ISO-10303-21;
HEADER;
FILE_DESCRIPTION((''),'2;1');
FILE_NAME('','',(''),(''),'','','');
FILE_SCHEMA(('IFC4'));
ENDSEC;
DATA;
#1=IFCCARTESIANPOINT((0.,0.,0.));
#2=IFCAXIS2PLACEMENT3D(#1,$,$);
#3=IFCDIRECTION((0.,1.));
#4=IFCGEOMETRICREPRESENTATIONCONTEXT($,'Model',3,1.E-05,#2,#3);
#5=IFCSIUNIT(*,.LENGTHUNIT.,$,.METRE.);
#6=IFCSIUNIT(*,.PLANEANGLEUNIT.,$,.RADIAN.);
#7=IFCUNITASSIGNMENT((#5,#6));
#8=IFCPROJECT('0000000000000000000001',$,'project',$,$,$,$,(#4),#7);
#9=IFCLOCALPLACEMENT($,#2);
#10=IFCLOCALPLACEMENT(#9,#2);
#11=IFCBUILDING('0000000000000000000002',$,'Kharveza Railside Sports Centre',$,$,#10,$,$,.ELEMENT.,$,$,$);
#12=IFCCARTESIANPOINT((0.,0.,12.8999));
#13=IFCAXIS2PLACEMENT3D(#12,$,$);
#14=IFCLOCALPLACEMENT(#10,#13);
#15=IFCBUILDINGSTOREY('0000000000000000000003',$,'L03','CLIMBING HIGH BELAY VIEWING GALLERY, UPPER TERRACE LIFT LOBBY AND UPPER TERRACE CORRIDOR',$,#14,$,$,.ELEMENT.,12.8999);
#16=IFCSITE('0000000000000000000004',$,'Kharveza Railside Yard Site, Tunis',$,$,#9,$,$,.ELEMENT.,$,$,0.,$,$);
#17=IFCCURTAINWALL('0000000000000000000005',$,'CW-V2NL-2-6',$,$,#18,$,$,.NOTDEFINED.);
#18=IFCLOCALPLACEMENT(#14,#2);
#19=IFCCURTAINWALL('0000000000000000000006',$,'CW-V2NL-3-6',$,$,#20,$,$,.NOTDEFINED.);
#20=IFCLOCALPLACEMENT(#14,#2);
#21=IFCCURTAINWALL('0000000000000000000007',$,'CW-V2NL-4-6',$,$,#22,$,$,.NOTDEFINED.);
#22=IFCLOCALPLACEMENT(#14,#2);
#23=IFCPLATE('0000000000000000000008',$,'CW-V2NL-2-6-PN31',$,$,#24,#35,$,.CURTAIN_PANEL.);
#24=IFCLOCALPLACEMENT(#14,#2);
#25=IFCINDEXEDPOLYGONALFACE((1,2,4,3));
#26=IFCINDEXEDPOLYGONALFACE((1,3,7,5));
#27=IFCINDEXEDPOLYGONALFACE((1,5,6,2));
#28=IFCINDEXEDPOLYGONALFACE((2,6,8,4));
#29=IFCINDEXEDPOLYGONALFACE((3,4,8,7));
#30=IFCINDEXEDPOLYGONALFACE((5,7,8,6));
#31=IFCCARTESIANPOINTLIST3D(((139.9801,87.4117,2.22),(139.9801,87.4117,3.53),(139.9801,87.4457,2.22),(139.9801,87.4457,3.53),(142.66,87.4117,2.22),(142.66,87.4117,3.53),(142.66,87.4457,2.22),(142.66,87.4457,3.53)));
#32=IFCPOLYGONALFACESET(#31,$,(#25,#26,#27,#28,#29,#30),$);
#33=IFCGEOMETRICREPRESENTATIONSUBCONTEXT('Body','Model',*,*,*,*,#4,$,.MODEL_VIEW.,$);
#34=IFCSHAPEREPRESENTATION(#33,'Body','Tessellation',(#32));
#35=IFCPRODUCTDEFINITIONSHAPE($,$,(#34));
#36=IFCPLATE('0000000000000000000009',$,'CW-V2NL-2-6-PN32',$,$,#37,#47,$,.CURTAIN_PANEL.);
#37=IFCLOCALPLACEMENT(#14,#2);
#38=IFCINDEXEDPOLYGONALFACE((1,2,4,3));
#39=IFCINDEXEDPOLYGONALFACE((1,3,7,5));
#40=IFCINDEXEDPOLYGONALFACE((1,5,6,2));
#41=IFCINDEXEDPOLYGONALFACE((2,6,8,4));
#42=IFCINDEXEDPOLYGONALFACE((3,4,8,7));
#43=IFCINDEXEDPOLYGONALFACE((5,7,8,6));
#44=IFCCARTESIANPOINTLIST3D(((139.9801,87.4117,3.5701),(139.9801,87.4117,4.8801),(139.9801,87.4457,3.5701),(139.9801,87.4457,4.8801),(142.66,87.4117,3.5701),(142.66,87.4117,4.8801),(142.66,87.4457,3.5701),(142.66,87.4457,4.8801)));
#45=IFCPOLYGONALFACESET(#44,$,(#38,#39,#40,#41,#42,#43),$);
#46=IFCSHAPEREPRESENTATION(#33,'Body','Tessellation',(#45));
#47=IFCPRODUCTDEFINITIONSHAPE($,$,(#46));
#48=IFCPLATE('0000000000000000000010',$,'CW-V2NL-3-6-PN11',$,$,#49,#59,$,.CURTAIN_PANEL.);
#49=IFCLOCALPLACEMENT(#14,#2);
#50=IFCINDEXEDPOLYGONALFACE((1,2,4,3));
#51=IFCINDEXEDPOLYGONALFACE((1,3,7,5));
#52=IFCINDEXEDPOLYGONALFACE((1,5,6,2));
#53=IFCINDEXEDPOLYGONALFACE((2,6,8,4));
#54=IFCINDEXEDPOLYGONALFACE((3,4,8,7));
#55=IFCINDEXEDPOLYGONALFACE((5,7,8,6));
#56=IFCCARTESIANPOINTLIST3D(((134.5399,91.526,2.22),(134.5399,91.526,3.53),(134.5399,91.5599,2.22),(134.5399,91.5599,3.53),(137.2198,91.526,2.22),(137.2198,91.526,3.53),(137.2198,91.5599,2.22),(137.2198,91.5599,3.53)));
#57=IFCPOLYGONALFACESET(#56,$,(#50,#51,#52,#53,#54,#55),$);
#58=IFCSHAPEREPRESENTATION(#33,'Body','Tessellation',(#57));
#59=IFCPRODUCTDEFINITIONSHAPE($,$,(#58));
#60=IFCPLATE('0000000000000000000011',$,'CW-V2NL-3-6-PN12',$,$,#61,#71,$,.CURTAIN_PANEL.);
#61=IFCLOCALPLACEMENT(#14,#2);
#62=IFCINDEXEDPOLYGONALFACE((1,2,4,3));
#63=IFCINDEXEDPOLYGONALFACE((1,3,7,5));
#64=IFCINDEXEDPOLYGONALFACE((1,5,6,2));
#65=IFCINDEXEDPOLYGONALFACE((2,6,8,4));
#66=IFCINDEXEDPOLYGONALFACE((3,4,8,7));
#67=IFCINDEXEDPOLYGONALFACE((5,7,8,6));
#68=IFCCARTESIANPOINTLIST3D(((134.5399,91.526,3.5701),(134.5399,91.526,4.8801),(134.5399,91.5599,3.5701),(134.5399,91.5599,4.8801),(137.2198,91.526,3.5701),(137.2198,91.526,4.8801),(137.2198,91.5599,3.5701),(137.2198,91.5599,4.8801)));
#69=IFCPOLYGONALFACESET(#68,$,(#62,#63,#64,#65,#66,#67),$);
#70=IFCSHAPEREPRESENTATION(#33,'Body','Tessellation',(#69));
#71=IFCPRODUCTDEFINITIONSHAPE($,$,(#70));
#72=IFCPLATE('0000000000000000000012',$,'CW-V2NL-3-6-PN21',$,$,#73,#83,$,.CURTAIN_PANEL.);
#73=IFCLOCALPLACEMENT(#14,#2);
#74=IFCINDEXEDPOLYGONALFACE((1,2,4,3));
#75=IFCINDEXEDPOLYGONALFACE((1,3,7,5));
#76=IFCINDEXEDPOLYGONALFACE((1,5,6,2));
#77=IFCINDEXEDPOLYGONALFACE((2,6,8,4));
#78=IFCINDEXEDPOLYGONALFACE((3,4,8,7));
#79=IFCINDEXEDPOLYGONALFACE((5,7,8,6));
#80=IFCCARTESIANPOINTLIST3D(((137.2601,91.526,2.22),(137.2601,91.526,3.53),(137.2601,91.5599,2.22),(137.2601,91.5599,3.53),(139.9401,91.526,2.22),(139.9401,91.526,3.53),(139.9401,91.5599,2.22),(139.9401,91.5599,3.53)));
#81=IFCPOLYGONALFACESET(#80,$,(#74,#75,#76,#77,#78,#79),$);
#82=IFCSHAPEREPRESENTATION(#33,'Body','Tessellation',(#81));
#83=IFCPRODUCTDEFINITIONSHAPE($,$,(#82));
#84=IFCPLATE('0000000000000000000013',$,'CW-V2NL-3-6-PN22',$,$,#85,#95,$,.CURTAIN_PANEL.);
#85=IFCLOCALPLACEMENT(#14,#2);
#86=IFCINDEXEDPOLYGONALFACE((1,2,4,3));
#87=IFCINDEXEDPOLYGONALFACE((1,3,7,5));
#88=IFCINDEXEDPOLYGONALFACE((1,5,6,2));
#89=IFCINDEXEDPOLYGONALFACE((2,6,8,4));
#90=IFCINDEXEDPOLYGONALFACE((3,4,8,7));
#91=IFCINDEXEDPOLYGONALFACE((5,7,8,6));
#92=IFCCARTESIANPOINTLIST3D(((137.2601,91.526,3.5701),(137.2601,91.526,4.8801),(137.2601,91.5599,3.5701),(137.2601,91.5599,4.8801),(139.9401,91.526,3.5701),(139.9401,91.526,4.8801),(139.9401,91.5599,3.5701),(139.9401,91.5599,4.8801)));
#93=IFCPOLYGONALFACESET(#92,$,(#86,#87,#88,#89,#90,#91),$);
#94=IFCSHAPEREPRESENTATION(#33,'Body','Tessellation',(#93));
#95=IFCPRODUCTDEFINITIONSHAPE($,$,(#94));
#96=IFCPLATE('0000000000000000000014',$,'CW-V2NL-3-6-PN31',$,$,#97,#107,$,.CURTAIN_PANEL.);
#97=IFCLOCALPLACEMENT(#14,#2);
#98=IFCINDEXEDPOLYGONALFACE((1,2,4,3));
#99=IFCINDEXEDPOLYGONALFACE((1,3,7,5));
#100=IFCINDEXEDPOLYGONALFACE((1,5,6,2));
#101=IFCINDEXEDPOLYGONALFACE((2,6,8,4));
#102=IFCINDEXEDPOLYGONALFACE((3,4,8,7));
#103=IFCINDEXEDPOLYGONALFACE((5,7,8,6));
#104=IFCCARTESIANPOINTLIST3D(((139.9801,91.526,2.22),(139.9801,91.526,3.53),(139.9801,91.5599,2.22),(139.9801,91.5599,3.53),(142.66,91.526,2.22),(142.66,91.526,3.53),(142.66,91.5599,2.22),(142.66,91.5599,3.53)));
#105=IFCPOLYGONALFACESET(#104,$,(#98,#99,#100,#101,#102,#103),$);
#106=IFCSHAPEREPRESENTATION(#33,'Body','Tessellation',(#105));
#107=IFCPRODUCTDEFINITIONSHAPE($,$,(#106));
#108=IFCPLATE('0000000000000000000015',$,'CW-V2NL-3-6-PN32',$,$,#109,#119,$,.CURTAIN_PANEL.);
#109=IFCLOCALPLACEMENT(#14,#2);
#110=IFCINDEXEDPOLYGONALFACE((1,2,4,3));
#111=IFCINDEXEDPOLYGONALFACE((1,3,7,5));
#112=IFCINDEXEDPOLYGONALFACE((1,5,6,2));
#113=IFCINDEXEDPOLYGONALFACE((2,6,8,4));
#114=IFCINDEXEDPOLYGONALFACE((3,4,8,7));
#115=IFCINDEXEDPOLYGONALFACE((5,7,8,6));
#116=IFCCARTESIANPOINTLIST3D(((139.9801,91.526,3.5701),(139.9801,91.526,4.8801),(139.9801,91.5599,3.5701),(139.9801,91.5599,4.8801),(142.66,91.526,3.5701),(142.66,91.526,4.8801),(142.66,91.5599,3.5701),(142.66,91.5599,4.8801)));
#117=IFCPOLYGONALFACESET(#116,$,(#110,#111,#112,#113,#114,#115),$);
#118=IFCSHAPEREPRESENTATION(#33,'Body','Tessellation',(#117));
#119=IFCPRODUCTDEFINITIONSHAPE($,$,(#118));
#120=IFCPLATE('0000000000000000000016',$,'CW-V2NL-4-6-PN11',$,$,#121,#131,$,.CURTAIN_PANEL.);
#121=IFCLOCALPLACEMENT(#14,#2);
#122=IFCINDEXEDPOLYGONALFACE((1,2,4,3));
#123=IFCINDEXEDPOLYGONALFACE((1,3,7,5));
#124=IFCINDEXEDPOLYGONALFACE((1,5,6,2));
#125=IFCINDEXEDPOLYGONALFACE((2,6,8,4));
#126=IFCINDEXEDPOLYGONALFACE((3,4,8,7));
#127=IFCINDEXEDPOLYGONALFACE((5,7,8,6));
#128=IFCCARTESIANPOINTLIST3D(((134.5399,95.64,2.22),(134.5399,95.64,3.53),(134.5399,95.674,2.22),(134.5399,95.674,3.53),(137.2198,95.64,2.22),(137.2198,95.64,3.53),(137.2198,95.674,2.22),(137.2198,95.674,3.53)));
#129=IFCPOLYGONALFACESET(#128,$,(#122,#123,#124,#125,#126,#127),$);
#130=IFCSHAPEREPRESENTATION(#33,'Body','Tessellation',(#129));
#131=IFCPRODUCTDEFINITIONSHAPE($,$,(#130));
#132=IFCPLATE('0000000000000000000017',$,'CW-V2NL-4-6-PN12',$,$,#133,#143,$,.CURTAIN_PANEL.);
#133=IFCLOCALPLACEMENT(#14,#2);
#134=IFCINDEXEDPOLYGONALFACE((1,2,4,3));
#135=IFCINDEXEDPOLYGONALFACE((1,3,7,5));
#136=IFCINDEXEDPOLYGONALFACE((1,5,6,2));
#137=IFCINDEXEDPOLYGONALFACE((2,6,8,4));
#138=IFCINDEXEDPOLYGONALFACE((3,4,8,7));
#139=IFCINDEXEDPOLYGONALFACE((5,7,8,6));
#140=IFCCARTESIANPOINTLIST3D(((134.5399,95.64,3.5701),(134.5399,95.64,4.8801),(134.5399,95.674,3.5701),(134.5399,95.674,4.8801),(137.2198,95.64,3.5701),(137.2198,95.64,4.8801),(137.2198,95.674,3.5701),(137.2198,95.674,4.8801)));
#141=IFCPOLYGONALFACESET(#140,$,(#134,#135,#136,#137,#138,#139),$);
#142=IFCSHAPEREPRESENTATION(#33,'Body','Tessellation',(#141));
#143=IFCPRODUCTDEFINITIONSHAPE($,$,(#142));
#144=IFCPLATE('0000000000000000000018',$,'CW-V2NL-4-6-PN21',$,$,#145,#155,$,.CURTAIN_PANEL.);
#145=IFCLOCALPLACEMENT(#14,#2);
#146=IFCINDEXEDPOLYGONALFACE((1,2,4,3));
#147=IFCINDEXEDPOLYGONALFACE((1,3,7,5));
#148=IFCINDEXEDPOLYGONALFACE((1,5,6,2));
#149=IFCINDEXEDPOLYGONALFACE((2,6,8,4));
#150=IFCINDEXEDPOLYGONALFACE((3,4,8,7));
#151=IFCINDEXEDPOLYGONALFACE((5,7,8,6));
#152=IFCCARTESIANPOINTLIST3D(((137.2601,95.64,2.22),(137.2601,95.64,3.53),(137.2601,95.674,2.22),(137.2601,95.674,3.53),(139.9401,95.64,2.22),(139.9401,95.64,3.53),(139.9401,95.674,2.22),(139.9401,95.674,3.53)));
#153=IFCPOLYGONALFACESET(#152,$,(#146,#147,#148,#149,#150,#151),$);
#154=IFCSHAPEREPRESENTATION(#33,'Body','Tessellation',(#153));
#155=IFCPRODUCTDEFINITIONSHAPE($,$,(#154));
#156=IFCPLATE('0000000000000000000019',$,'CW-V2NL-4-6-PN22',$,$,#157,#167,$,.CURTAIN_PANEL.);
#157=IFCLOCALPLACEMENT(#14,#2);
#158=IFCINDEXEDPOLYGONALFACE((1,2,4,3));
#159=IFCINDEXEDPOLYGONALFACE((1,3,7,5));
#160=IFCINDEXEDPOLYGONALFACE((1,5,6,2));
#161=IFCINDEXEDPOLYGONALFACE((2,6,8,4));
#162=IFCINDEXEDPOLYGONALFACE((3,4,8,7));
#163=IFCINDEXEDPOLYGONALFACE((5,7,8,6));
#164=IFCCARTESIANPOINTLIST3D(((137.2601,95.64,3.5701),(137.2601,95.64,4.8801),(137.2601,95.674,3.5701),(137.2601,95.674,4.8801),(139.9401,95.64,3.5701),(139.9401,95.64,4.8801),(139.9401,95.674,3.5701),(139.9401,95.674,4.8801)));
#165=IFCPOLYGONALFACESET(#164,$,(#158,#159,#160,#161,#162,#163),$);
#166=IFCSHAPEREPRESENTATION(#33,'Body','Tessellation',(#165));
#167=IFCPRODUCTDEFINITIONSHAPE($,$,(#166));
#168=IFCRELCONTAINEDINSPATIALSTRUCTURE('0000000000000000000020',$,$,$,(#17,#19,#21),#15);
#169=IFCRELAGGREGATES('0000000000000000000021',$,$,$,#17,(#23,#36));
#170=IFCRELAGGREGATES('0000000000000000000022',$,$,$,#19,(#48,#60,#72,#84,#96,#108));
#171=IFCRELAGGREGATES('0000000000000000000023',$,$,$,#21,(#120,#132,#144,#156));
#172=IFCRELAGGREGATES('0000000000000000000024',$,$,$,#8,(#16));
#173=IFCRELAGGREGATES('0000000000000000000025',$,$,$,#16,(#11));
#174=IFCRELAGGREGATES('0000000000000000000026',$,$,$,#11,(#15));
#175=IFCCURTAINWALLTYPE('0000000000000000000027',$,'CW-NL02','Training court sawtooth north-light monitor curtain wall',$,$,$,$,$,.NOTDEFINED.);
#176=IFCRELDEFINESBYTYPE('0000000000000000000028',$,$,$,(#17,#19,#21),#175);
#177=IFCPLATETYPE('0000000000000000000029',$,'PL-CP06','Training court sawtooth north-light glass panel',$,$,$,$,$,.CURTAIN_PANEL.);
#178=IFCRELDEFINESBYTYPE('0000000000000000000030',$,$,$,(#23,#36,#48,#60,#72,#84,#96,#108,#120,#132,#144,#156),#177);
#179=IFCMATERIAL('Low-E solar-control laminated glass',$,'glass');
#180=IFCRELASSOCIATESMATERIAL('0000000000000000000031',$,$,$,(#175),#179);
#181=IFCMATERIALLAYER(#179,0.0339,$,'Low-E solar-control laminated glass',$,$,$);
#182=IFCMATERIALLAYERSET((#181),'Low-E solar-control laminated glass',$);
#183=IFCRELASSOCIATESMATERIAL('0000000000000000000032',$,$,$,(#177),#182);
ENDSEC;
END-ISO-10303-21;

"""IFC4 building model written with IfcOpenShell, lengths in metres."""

from ifc_helpers import new_model, si_unit, direction, frame, origin, origin_2d, place, context, subcontext, project, spatial, rectangle, extrude, material, layer, layer_set, type_object, element, aggregate, save


model = new_model("IFC4")

# Units and contexts
model_context = context("Model", 3, precision=1e-05, world=origin(), true_north=direction((0.0, 1.0)))
body_context = subcontext(model_context, "Body", "Model", "MODEL_VIEW")
ifc_project = project(units=[si_unit("LENGTHUNIT", "METRE"), si_unit("PLANEANGLEUNIT", "RADIAN")], contexts=[model_context])

# Site, building, storey
site_placement = place(None, origin())
site = spatial("IfcSite", under=ifc_project, at=site_placement, Name="Kharveza Railside Yard Site, Tunis", CompositionType="ELEMENT", RefElevation=0.0)
building_placement = place(site_placement, origin())
building = spatial("IfcBuilding", under=site, at=building_placement, Name="Kharveza Railside Sports Centre", CompositionType="ELEMENT")
storey_placement = place(building_placement, frame((0.0, 0.0, 12.8999)))
storey = spatial("IfcBuildingStorey", under=building, at=storey_placement, Name="L03", Description="CLIMBING HIGH BELAY VIEWING GALLERY, UPPER TERRACE LIFT LOBBY AND UPPER TERRACE CORRIDOR", CompositionType="ELEMENT", Elevation=12.8999)

# Curtain walls
ifc_material_1 = material(Name="Low-E solar-control laminated glass", Category="glass")
curtain_wall_type = type_object("IfcCurtainWallType", Name="CW-NL02", Description="Training court sawtooth north-light monitor curtain wall", PredefinedType="NOTDEFINED", material=ifc_material_1)
curtain_wall_1_placement = place(storey_placement, origin())
curtain_wall_1 = element("IfcCurtainWall", 1, at=curtain_wall_1_placement, inside=storey, type_object=curtain_wall_type, Name="CW-V2NL-2-6", PredefinedType="NOTDEFINED")
curtain_wall_2_placement = place(storey_placement, origin())
curtain_wall_2 = element("IfcCurtainWall", 2, at=curtain_wall_2_placement, inside=storey, type_object=curtain_wall_type, Name="CW-V2NL-3-6", PredefinedType="NOTDEFINED")
curtain_wall_3_placement = place(storey_placement, origin())
curtain_wall_3 = element("IfcCurtainWall", 3, at=curtain_wall_3_placement, inside=storey, type_object=curtain_wall_type, Name="CW-V2NL-4-6", PredefinedType="NOTDEFINED")

# Plates
ifc_layer = layer(ifc_material_1, 0.0339, Name="Low-E solar-control laminated glass")
ifc_layer_set = layer_set([ifc_layer], Name="Low-E solar-control laminated glass")
plate_type = type_object("IfcPlateType", Name="PL-CP06", Description="Training court sawtooth north-light glass panel", PredefinedType="CURTAIN_PANEL", material=ifc_layer_set)
plate_1_placement = place(storey_placement, frame((141.3201, 87.4287, 2.22), z_axis=(0.0, 0.0, 1.0), x_axis=(1.0, 0.0, 0.0)))
plate_1 = element("IfcPlate", 4, at=plate_1_placement, type_object=plate_type, Name="CW-V2NL-2-6-PN31", PredefinedType="CURTAIN_PANEL", context=body_context, shape_type="SweptSolid", body=[
    extrude(rectangle(XDim=2.6799, YDim=0.0339, at=origin_2d()), origin(), (0.0, 0.0, 1.0), 1.3101),
])
plate_2_placement = place(storey_placement, frame((141.3201, 87.4287, 3.5701), z_axis=(0.0, 0.0, 1.0), x_axis=(1.0, 0.0, 0.0)))
plate_2 = element("IfcPlate", 5, at=plate_2_placement, type_object=plate_type, Name="CW-V2NL-2-6-PN32", PredefinedType="CURTAIN_PANEL", context=body_context, shape_type="SweptSolid", body=[
    extrude(rectangle(XDim=2.6799, YDim=0.0339, at=origin_2d()), origin(), (0.0, 0.0, 1.0), 1.3101),
])
aggregate(curtain_wall_1, [plate_1, plate_2])
plate_3_placement = place(storey_placement, frame((135.8799, 91.543, 2.22), z_axis=(0.0, 0.0, 1.0), x_axis=(1.0, 0.0, 0.0)))
plate_3 = element("IfcPlate", 6, at=plate_3_placement, type_object=plate_type, Name="CW-V2NL-3-6-PN11", PredefinedType="CURTAIN_PANEL", context=body_context, shape_type="SweptSolid", body=[
    extrude(rectangle(XDim=2.6799, YDim=0.0339, at=origin_2d()), origin(), (0.0, 0.0, 1.0), 1.3101),
])
plate_4_placement = place(storey_placement, frame((135.8799, 91.543, 3.5701), z_axis=(0.0, 0.0, 1.0), x_axis=(1.0, 0.0, 0.0)))
plate_4 = element("IfcPlate", 7, at=plate_4_placement, type_object=plate_type, Name="CW-V2NL-3-6-PN12", PredefinedType="CURTAIN_PANEL", context=body_context, shape_type="SweptSolid", body=[
    extrude(rectangle(XDim=2.6799, YDim=0.0339, at=origin_2d()), origin(), (0.0, 0.0, 1.0), 1.3101),
])
plate_5_placement = place(storey_placement, frame((138.6001, 91.543, 2.22), z_axis=(0.0, 0.0, 1.0), x_axis=(1.0, 0.0, 0.0)))
plate_5 = element("IfcPlate", 8, at=plate_5_placement, type_object=plate_type, Name="CW-V2NL-3-6-PN21", PredefinedType="CURTAIN_PANEL", context=body_context, shape_type="SweptSolid", body=[
    extrude(rectangle(XDim=2.6799, YDim=0.0339, at=origin_2d()), origin(), (0.0, 0.0, 1.0), 1.3101),
])
plate_6_placement = place(storey_placement, frame((138.6001, 91.543, 3.5701), z_axis=(0.0, 0.0, 1.0), x_axis=(1.0, 0.0, 0.0)))
plate_6 = element("IfcPlate", 9, at=plate_6_placement, type_object=plate_type, Name="CW-V2NL-3-6-PN22", PredefinedType="CURTAIN_PANEL", context=body_context, shape_type="SweptSolid", body=[
    extrude(rectangle(XDim=2.6799, YDim=0.0339, at=origin_2d()), origin(), (0.0, 0.0, 1.0), 1.3101),
])
plate_7_placement = place(storey_placement, frame((141.3201, 91.543, 2.22), z_axis=(0.0, 0.0, 1.0), x_axis=(1.0, 0.0, 0.0)))
plate_7 = element("IfcPlate", 10, at=plate_7_placement, type_object=plate_type, Name="CW-V2NL-3-6-PN31", PredefinedType="CURTAIN_PANEL", context=body_context, shape_type="SweptSolid", body=[
    extrude(rectangle(XDim=2.6799, YDim=0.0339, at=origin_2d()), origin(), (0.0, 0.0, 1.0), 1.3101),
])
plate_8_placement = place(storey_placement, frame((141.3201, 91.543, 3.5701), z_axis=(0.0, 0.0, 1.0), x_axis=(1.0, 0.0, 0.0)))
plate_8 = element("IfcPlate", 11, at=plate_8_placement, type_object=plate_type, Name="CW-V2NL-3-6-PN32", PredefinedType="CURTAIN_PANEL", context=body_context, shape_type="SweptSolid", body=[
    extrude(rectangle(XDim=2.6799, YDim=0.0339, at=origin_2d()), origin(), (0.0, 0.0, 1.0), 1.3101),
])
aggregate(curtain_wall_2, [plate_3, plate_4, plate_5, plate_6, plate_7, plate_8])
plate_9_placement = place(storey_placement, frame((135.8799, 95.657, 2.22), z_axis=(0.0, 0.0, 1.0), x_axis=(1.0, 0.0, 0.0)))
plate_9 = element("IfcPlate", 12, at=plate_9_placement, type_object=plate_type, Name="CW-V2NL-4-6-PN11", PredefinedType="CURTAIN_PANEL", context=body_context, shape_type="SweptSolid", body=[
    extrude(rectangle(XDim=2.6799, YDim=0.0339, at=origin_2d()), origin(), (0.0, 0.0, 1.0), 1.3101),
])
plate_10_placement = place(storey_placement, frame((135.8799, 95.657, 3.5701), z_axis=(0.0, 0.0, 1.0), x_axis=(1.0, 0.0, 0.0)))
plate_10 = element("IfcPlate", 13, at=plate_10_placement, type_object=plate_type, Name="CW-V2NL-4-6-PN12", PredefinedType="CURTAIN_PANEL", context=body_context, shape_type="SweptSolid", body=[
    extrude(rectangle(XDim=2.6799, YDim=0.0339, at=origin_2d()), origin(), (0.0, 0.0, 1.0), 1.3101),
])
plate_11_placement = place(storey_placement, frame((138.6001, 95.657, 2.22), z_axis=(0.0, 0.0, 1.0), x_axis=(1.0, 0.0, 0.0)))
plate_11 = element("IfcPlate", 14, at=plate_11_placement, type_object=plate_type, Name="CW-V2NL-4-6-PN21", PredefinedType="CURTAIN_PANEL", context=body_context, shape_type="SweptSolid", body=[
    extrude(rectangle(XDim=2.6799, YDim=0.0339, at=origin_2d()), origin(), (0.0, 0.0, 1.0), 1.3101),
])
plate_12_placement = place(storey_placement, frame((138.6001, 95.657, 3.5701), z_axis=(0.0, 0.0, 1.0), x_axis=(1.0, 0.0, 0.0)))
plate_12 = element("IfcPlate", 15, at=plate_12_placement, type_object=plate_type, Name="CW-V2NL-4-6-PN22", PredefinedType="CURTAIN_PANEL", context=body_context, shape_type="SweptSolid", body=[
    extrude(rectangle(XDim=2.6799, YDim=0.0339, at=origin_2d()), origin(), (0.0, 0.0, 1.0), 1.3101),
])
aggregate(curtain_wall_3, [plate_9, plate_10, plate_11, plate_12])

save(model, "model.ifc")
